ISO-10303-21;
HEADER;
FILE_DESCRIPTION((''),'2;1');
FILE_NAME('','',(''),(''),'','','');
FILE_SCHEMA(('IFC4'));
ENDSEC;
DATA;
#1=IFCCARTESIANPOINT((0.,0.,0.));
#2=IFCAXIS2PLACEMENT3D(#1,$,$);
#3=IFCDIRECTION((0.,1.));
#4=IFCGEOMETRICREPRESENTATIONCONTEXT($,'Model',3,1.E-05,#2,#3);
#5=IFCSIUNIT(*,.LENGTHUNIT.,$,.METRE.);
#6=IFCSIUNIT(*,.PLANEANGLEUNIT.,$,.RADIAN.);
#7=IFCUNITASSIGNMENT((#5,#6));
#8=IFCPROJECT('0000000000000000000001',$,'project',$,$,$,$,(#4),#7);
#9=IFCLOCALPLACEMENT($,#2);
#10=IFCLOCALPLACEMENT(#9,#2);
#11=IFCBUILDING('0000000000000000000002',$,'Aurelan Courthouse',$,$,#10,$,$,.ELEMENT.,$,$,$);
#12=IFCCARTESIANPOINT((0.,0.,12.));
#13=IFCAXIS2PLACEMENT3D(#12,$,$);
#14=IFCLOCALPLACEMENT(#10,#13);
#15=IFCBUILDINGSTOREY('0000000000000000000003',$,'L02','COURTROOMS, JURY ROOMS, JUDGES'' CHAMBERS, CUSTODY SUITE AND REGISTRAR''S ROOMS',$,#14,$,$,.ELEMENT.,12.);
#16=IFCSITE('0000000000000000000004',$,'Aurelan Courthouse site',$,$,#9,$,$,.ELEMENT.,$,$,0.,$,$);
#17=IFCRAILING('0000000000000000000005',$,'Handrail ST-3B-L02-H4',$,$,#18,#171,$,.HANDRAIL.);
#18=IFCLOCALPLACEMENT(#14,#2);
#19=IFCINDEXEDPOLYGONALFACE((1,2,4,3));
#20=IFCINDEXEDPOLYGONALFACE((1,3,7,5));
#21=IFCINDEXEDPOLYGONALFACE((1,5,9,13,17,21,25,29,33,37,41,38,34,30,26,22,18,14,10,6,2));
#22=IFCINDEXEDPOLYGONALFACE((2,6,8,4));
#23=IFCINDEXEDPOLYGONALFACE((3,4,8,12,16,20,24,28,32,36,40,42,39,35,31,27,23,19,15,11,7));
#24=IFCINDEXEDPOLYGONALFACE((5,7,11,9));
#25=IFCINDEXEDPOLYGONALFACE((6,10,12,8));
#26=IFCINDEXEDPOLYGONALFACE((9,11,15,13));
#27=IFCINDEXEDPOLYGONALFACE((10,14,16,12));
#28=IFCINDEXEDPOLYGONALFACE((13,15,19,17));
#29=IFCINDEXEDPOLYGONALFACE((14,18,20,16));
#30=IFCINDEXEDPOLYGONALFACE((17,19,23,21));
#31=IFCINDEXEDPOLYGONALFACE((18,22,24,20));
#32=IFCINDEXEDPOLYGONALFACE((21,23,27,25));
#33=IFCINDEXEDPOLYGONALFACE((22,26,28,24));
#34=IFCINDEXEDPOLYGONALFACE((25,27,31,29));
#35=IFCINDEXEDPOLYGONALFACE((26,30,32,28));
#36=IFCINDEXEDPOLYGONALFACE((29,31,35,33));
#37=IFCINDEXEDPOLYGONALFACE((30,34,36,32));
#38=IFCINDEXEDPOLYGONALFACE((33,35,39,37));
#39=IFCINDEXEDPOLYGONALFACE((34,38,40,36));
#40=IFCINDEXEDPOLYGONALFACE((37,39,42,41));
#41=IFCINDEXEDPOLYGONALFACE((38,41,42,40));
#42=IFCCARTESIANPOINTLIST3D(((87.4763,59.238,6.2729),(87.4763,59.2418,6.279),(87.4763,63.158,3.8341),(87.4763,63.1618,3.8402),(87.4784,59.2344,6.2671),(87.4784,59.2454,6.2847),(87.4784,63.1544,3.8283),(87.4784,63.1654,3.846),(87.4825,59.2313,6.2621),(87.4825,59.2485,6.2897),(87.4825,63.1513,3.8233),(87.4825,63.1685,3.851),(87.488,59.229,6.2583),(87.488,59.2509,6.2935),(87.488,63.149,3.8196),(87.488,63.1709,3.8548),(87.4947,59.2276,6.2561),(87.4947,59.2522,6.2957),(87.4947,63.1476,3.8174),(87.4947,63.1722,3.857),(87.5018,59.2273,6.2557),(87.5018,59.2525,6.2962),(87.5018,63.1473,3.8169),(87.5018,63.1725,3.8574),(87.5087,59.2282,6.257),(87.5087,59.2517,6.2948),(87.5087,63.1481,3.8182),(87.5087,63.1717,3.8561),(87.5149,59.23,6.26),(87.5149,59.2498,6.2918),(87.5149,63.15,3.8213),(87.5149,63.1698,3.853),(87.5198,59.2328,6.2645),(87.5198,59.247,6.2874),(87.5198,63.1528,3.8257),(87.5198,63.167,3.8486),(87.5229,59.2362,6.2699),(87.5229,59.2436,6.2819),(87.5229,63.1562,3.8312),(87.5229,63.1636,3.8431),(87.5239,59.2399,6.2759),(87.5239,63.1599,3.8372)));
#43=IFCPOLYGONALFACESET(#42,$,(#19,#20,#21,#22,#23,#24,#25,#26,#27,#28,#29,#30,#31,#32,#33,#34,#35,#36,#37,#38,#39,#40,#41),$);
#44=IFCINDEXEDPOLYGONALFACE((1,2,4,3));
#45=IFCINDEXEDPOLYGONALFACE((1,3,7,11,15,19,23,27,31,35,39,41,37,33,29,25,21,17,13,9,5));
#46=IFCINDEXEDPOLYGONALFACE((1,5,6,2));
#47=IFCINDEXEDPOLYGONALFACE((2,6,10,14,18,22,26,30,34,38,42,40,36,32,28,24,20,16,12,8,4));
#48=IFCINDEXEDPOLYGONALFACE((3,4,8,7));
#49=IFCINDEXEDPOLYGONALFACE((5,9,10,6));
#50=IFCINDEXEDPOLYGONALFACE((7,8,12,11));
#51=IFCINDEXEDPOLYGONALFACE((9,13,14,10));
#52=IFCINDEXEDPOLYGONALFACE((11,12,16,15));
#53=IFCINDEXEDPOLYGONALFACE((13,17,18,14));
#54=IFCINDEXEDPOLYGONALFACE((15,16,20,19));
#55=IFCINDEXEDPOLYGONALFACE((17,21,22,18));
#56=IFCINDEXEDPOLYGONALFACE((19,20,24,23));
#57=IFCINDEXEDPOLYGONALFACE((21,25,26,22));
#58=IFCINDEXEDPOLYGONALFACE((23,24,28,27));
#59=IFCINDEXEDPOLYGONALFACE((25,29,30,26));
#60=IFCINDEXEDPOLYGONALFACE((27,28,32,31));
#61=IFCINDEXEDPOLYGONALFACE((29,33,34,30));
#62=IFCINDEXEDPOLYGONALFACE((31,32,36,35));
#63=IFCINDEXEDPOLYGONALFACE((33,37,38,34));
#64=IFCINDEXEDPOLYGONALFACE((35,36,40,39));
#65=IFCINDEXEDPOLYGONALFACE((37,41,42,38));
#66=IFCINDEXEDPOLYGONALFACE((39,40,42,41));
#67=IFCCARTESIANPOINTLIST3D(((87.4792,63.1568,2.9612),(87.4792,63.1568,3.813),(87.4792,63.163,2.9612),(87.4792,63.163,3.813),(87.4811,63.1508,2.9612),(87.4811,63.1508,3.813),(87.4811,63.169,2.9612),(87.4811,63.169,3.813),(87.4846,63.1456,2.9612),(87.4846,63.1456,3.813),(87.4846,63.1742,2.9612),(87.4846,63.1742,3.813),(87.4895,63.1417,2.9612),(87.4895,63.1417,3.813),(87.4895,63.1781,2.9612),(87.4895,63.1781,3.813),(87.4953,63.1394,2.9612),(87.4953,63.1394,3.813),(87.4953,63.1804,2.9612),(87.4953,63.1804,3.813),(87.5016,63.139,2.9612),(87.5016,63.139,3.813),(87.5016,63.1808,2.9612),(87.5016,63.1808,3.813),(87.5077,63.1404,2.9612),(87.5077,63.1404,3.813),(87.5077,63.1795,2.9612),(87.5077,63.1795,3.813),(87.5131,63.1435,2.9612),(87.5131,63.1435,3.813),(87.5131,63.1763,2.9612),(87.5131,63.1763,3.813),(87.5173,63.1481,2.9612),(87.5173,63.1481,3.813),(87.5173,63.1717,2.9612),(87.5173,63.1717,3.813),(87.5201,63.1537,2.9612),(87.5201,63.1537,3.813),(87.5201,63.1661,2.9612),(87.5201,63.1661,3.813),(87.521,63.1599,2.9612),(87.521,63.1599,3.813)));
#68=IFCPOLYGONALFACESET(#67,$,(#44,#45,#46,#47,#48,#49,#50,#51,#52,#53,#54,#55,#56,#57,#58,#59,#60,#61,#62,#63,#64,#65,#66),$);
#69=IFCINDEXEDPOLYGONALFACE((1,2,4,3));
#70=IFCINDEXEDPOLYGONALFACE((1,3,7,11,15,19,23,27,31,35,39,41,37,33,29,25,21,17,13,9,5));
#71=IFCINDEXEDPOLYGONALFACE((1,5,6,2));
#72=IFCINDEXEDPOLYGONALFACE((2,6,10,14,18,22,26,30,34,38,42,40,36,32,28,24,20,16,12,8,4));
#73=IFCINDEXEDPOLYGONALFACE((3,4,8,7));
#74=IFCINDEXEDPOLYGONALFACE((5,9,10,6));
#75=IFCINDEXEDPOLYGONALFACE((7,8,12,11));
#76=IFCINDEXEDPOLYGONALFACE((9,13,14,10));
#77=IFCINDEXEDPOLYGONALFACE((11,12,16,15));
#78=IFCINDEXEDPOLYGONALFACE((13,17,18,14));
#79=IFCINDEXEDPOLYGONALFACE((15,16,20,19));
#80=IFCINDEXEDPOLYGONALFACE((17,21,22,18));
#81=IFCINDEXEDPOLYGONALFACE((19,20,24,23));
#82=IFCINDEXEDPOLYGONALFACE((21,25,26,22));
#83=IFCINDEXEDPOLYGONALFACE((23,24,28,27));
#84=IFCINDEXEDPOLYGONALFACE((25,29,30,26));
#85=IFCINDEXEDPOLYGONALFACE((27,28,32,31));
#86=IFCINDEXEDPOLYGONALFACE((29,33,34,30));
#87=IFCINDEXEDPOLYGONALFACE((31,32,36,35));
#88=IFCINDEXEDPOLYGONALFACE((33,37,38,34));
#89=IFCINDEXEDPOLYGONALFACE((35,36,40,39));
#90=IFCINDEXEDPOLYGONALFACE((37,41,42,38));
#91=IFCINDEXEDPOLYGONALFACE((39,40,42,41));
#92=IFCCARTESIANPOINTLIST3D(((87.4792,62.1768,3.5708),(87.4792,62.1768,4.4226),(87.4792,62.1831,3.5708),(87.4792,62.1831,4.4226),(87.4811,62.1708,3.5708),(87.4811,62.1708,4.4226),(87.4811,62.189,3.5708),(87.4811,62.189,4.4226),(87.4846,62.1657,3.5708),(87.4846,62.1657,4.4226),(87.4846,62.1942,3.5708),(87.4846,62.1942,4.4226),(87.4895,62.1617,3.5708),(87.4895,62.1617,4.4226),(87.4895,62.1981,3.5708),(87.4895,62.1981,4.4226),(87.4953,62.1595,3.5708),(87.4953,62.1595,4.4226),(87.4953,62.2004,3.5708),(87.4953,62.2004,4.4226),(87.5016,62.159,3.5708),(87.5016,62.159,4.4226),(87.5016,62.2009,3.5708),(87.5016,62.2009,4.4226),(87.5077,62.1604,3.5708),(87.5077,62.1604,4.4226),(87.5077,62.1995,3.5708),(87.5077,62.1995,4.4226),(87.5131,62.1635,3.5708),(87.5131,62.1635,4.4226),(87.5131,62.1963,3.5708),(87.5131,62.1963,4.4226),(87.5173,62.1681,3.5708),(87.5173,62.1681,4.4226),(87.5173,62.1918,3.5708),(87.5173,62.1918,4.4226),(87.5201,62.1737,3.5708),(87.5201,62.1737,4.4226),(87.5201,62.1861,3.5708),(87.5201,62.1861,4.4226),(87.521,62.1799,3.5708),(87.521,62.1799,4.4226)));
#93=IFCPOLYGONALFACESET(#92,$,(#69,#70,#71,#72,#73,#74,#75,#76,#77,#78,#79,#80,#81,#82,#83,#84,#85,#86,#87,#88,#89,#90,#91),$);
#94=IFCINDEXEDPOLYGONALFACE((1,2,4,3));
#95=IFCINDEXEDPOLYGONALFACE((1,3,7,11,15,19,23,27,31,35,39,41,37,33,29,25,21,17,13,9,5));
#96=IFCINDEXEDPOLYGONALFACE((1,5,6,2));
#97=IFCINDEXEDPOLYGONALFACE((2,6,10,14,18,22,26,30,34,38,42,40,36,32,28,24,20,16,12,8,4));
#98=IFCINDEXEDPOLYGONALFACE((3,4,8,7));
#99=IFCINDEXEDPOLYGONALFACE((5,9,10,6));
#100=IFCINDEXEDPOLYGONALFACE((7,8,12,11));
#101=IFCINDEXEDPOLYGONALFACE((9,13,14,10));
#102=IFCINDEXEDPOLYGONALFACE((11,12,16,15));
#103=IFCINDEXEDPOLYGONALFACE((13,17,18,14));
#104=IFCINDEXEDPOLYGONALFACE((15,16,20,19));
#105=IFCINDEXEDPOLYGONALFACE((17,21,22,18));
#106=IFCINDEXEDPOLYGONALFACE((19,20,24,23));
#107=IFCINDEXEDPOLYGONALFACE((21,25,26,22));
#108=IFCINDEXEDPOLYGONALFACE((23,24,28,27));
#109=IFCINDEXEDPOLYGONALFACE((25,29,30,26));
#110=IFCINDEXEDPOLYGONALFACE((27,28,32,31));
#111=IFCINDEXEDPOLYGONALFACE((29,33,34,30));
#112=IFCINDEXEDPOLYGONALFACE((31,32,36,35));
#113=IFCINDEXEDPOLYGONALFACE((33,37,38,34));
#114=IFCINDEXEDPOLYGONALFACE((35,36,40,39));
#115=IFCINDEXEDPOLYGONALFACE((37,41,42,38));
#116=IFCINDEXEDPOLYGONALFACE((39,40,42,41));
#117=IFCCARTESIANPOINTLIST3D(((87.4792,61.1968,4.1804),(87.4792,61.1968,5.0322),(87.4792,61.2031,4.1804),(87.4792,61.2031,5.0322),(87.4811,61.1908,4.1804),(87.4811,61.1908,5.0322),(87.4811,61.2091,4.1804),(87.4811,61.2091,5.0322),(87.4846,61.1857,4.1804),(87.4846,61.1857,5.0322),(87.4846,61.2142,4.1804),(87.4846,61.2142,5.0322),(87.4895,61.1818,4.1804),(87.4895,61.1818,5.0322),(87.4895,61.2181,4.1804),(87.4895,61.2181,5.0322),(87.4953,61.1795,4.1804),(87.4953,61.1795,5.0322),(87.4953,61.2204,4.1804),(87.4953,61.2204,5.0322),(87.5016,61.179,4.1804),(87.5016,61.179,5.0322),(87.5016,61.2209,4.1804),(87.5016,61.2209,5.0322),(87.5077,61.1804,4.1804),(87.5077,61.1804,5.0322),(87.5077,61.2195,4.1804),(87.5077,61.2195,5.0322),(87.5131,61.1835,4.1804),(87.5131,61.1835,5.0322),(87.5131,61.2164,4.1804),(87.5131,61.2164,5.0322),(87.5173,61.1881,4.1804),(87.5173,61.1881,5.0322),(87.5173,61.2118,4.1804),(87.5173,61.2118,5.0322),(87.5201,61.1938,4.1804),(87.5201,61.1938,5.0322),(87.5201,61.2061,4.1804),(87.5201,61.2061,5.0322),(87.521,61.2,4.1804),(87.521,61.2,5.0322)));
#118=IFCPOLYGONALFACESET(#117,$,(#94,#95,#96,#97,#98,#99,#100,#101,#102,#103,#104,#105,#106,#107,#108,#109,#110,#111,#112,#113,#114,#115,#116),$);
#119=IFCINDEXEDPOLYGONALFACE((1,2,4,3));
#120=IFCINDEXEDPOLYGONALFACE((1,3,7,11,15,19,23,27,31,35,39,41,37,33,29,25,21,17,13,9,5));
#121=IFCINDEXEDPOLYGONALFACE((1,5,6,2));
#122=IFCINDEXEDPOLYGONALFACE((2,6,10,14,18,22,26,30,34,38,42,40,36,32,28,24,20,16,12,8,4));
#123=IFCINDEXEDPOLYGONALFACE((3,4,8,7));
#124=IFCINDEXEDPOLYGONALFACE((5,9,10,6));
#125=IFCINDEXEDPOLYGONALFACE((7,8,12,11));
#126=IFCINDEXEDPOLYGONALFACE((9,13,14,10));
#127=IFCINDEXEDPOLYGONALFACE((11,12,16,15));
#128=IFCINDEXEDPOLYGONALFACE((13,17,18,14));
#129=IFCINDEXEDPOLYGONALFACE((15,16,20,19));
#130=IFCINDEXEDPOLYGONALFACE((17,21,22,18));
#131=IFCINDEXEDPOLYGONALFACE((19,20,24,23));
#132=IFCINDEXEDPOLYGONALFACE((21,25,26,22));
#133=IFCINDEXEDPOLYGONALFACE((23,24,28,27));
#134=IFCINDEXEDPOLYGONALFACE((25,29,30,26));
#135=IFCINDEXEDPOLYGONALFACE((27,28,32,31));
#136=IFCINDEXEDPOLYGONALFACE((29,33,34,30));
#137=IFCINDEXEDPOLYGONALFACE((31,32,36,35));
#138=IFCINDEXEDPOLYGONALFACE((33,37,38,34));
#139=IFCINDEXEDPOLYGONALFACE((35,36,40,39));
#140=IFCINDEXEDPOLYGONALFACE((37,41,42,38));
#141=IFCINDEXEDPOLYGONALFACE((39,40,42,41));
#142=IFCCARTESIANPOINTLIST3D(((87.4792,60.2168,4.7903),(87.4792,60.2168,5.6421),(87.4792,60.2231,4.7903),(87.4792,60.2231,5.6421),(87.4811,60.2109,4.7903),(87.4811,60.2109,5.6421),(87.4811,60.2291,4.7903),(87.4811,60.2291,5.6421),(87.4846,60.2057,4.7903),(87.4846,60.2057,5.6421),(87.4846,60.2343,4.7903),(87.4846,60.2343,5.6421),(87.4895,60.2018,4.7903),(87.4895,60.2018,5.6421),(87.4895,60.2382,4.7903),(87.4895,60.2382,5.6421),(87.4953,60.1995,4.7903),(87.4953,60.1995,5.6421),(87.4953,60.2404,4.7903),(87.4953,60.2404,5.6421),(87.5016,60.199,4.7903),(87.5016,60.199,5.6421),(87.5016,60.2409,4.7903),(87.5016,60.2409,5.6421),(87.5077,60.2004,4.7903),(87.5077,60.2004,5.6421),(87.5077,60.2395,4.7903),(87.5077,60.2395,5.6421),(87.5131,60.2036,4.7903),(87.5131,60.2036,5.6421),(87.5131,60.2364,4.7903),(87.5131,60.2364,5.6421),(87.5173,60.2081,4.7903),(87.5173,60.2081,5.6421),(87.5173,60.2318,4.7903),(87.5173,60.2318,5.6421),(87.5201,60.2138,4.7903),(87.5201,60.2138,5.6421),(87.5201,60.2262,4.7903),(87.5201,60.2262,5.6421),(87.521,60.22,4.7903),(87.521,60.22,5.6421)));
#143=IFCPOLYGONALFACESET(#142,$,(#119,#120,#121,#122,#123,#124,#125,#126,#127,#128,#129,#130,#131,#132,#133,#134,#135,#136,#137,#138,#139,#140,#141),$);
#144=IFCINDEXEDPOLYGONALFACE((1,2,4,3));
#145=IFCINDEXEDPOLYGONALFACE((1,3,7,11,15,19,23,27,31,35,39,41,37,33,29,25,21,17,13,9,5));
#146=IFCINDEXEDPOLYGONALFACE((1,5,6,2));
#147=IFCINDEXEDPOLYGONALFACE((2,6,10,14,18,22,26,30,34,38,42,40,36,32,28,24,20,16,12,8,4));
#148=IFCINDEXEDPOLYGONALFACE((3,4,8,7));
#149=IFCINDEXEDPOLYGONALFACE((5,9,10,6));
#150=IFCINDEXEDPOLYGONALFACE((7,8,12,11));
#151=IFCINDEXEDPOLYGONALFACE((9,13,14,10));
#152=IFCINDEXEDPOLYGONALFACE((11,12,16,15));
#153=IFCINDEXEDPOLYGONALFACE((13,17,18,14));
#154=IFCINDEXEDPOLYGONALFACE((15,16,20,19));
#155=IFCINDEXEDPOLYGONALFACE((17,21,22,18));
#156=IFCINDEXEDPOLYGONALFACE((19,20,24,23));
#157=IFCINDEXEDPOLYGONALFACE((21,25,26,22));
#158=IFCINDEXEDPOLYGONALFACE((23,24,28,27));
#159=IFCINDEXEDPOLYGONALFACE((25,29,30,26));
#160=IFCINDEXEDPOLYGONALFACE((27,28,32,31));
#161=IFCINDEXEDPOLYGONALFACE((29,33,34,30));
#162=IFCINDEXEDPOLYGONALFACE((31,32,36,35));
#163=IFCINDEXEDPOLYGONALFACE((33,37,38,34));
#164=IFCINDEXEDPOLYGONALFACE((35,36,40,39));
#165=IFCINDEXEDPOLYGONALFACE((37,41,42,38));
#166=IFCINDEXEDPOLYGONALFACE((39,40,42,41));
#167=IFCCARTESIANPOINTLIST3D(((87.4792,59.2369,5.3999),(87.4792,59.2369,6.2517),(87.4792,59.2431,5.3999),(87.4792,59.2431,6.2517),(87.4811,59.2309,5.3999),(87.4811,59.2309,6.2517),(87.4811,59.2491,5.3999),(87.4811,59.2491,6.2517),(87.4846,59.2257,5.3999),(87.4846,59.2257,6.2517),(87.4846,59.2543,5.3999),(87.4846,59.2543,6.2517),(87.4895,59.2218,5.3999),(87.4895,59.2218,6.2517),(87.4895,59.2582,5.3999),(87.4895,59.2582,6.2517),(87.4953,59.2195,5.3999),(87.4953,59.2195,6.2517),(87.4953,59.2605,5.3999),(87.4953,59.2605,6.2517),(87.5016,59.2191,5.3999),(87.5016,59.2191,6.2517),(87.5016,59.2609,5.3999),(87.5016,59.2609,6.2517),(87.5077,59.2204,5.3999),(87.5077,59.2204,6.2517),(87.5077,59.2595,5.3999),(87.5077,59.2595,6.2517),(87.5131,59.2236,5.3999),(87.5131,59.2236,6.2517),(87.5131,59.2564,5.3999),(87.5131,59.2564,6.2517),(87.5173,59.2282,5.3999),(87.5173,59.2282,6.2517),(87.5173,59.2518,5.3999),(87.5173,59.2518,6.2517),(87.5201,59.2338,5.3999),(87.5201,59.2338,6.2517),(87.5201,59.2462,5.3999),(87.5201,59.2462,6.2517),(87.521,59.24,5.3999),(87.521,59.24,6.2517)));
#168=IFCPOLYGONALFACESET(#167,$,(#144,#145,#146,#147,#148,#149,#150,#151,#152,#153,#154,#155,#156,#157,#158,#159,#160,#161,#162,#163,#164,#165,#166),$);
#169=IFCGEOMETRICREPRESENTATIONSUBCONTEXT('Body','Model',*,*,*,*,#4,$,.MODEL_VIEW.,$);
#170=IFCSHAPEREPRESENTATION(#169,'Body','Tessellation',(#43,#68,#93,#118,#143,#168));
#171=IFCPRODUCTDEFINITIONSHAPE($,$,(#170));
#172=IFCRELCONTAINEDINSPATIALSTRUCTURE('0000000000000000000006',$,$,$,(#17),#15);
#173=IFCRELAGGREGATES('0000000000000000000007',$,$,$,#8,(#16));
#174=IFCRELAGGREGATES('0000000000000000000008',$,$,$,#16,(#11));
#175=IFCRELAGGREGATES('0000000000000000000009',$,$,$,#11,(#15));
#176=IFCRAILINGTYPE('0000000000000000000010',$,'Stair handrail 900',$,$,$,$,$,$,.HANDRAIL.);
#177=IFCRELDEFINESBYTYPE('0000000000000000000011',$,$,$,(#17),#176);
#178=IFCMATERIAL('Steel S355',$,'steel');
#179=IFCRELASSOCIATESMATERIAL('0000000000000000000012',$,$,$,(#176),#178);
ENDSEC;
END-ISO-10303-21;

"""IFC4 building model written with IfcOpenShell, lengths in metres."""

from ifc_helpers import new_model, si_unit, direction, frame, origin, origin_2d, place, context, subcontext, project, spatial, circle, extrude, material, type_object, element, save


model = new_model("IFC4")

# Units and contexts
model_context = context("Model", 3, precision=1e-05, world=origin(), true_north=direction((0.0, 1.0)))
body_context = subcontext(model_context, "Body", "Model", "MODEL_VIEW")
ifc_project = project(units=[si_unit("LENGTHUNIT", "METRE"), si_unit("PLANEANGLEUNIT", "RADIAN")], contexts=[model_context])

# Site, building, storey
site_placement = place(None, origin())
site = spatial("IfcSite", under=ifc_project, at=site_placement, Name="Aurelan Courthouse site", CompositionType="ELEMENT", RefElevation=0.0)
building_placement = place(site_placement, origin())
building = spatial("IfcBuilding", under=site, at=building_placement, Name="Aurelan Courthouse", CompositionType="ELEMENT")
storey_placement = place(building_placement, frame((0.0, 0.0, 12.0)))
storey = spatial("IfcBuildingStorey", under=building, at=storey_placement, Name="L02", Description="COURTROOMS, JURY ROOMS, JUDGES' CHAMBERS, CUSTODY SUITE AND REGISTRAR'S ROOMS", CompositionType="ELEMENT", Elevation=12.0)

# Railing
ifc_material_1 = material(Name="Steel S355", Category="steel")
railing_type_1 = type_object("IfcRailingType", Name="Stair handrail 900", PredefinedType="HANDRAIL", material=ifc_material_1)
for number, where, name in (
    (1, (87.5, 63.1599, 2.9612), "Handrail ST-3B-L02-H4"),
):
    element("IfcRailing", number, at=place(storey_placement, frame(where)), inside=storey, type_object=railing_type_1, Name=name, PredefinedType="HANDRAIL", context=body_context, shape_type="SweptSolid", body=[
        extrude(circle(Radius=0.0239, at=origin_2d()), frame((0.0, 0.0, 0.876), z_axis=(0.0, -0.84909, 0.528249), x_axis=(1.0, 0.0, 0.0)), (0.0, 0.0, 1.0), 4.6167),
        extrude(circle(Radius=0.021, at=origin_2d()), origin(), (0.0, 0.0, 1.0), 0.8518),
        extrude(circle(Radius=0.021, at=origin_2d()), frame((0.0, -0.98, 0.6096)), (0.0, 0.0, 1.0), 0.8518),
        extrude(circle(Radius=0.021, at=origin_2d()), frame((0.0, -1.96, 1.2192)), (0.0, 0.0, 1.0), 0.8518),
        extrude(circle(Radius=0.021, at=origin_2d()), frame((0.0, -2.9399, 1.8291)), (0.0, 0.0, 1.0), 0.8518),
        extrude(circle(Radius=0.021, at=origin_2d()), frame((0.0, -3.9199, 2.4387)), (0.0, 0.0, 1.0), 0.8518),
    ])

save(model, "model.ifc")
